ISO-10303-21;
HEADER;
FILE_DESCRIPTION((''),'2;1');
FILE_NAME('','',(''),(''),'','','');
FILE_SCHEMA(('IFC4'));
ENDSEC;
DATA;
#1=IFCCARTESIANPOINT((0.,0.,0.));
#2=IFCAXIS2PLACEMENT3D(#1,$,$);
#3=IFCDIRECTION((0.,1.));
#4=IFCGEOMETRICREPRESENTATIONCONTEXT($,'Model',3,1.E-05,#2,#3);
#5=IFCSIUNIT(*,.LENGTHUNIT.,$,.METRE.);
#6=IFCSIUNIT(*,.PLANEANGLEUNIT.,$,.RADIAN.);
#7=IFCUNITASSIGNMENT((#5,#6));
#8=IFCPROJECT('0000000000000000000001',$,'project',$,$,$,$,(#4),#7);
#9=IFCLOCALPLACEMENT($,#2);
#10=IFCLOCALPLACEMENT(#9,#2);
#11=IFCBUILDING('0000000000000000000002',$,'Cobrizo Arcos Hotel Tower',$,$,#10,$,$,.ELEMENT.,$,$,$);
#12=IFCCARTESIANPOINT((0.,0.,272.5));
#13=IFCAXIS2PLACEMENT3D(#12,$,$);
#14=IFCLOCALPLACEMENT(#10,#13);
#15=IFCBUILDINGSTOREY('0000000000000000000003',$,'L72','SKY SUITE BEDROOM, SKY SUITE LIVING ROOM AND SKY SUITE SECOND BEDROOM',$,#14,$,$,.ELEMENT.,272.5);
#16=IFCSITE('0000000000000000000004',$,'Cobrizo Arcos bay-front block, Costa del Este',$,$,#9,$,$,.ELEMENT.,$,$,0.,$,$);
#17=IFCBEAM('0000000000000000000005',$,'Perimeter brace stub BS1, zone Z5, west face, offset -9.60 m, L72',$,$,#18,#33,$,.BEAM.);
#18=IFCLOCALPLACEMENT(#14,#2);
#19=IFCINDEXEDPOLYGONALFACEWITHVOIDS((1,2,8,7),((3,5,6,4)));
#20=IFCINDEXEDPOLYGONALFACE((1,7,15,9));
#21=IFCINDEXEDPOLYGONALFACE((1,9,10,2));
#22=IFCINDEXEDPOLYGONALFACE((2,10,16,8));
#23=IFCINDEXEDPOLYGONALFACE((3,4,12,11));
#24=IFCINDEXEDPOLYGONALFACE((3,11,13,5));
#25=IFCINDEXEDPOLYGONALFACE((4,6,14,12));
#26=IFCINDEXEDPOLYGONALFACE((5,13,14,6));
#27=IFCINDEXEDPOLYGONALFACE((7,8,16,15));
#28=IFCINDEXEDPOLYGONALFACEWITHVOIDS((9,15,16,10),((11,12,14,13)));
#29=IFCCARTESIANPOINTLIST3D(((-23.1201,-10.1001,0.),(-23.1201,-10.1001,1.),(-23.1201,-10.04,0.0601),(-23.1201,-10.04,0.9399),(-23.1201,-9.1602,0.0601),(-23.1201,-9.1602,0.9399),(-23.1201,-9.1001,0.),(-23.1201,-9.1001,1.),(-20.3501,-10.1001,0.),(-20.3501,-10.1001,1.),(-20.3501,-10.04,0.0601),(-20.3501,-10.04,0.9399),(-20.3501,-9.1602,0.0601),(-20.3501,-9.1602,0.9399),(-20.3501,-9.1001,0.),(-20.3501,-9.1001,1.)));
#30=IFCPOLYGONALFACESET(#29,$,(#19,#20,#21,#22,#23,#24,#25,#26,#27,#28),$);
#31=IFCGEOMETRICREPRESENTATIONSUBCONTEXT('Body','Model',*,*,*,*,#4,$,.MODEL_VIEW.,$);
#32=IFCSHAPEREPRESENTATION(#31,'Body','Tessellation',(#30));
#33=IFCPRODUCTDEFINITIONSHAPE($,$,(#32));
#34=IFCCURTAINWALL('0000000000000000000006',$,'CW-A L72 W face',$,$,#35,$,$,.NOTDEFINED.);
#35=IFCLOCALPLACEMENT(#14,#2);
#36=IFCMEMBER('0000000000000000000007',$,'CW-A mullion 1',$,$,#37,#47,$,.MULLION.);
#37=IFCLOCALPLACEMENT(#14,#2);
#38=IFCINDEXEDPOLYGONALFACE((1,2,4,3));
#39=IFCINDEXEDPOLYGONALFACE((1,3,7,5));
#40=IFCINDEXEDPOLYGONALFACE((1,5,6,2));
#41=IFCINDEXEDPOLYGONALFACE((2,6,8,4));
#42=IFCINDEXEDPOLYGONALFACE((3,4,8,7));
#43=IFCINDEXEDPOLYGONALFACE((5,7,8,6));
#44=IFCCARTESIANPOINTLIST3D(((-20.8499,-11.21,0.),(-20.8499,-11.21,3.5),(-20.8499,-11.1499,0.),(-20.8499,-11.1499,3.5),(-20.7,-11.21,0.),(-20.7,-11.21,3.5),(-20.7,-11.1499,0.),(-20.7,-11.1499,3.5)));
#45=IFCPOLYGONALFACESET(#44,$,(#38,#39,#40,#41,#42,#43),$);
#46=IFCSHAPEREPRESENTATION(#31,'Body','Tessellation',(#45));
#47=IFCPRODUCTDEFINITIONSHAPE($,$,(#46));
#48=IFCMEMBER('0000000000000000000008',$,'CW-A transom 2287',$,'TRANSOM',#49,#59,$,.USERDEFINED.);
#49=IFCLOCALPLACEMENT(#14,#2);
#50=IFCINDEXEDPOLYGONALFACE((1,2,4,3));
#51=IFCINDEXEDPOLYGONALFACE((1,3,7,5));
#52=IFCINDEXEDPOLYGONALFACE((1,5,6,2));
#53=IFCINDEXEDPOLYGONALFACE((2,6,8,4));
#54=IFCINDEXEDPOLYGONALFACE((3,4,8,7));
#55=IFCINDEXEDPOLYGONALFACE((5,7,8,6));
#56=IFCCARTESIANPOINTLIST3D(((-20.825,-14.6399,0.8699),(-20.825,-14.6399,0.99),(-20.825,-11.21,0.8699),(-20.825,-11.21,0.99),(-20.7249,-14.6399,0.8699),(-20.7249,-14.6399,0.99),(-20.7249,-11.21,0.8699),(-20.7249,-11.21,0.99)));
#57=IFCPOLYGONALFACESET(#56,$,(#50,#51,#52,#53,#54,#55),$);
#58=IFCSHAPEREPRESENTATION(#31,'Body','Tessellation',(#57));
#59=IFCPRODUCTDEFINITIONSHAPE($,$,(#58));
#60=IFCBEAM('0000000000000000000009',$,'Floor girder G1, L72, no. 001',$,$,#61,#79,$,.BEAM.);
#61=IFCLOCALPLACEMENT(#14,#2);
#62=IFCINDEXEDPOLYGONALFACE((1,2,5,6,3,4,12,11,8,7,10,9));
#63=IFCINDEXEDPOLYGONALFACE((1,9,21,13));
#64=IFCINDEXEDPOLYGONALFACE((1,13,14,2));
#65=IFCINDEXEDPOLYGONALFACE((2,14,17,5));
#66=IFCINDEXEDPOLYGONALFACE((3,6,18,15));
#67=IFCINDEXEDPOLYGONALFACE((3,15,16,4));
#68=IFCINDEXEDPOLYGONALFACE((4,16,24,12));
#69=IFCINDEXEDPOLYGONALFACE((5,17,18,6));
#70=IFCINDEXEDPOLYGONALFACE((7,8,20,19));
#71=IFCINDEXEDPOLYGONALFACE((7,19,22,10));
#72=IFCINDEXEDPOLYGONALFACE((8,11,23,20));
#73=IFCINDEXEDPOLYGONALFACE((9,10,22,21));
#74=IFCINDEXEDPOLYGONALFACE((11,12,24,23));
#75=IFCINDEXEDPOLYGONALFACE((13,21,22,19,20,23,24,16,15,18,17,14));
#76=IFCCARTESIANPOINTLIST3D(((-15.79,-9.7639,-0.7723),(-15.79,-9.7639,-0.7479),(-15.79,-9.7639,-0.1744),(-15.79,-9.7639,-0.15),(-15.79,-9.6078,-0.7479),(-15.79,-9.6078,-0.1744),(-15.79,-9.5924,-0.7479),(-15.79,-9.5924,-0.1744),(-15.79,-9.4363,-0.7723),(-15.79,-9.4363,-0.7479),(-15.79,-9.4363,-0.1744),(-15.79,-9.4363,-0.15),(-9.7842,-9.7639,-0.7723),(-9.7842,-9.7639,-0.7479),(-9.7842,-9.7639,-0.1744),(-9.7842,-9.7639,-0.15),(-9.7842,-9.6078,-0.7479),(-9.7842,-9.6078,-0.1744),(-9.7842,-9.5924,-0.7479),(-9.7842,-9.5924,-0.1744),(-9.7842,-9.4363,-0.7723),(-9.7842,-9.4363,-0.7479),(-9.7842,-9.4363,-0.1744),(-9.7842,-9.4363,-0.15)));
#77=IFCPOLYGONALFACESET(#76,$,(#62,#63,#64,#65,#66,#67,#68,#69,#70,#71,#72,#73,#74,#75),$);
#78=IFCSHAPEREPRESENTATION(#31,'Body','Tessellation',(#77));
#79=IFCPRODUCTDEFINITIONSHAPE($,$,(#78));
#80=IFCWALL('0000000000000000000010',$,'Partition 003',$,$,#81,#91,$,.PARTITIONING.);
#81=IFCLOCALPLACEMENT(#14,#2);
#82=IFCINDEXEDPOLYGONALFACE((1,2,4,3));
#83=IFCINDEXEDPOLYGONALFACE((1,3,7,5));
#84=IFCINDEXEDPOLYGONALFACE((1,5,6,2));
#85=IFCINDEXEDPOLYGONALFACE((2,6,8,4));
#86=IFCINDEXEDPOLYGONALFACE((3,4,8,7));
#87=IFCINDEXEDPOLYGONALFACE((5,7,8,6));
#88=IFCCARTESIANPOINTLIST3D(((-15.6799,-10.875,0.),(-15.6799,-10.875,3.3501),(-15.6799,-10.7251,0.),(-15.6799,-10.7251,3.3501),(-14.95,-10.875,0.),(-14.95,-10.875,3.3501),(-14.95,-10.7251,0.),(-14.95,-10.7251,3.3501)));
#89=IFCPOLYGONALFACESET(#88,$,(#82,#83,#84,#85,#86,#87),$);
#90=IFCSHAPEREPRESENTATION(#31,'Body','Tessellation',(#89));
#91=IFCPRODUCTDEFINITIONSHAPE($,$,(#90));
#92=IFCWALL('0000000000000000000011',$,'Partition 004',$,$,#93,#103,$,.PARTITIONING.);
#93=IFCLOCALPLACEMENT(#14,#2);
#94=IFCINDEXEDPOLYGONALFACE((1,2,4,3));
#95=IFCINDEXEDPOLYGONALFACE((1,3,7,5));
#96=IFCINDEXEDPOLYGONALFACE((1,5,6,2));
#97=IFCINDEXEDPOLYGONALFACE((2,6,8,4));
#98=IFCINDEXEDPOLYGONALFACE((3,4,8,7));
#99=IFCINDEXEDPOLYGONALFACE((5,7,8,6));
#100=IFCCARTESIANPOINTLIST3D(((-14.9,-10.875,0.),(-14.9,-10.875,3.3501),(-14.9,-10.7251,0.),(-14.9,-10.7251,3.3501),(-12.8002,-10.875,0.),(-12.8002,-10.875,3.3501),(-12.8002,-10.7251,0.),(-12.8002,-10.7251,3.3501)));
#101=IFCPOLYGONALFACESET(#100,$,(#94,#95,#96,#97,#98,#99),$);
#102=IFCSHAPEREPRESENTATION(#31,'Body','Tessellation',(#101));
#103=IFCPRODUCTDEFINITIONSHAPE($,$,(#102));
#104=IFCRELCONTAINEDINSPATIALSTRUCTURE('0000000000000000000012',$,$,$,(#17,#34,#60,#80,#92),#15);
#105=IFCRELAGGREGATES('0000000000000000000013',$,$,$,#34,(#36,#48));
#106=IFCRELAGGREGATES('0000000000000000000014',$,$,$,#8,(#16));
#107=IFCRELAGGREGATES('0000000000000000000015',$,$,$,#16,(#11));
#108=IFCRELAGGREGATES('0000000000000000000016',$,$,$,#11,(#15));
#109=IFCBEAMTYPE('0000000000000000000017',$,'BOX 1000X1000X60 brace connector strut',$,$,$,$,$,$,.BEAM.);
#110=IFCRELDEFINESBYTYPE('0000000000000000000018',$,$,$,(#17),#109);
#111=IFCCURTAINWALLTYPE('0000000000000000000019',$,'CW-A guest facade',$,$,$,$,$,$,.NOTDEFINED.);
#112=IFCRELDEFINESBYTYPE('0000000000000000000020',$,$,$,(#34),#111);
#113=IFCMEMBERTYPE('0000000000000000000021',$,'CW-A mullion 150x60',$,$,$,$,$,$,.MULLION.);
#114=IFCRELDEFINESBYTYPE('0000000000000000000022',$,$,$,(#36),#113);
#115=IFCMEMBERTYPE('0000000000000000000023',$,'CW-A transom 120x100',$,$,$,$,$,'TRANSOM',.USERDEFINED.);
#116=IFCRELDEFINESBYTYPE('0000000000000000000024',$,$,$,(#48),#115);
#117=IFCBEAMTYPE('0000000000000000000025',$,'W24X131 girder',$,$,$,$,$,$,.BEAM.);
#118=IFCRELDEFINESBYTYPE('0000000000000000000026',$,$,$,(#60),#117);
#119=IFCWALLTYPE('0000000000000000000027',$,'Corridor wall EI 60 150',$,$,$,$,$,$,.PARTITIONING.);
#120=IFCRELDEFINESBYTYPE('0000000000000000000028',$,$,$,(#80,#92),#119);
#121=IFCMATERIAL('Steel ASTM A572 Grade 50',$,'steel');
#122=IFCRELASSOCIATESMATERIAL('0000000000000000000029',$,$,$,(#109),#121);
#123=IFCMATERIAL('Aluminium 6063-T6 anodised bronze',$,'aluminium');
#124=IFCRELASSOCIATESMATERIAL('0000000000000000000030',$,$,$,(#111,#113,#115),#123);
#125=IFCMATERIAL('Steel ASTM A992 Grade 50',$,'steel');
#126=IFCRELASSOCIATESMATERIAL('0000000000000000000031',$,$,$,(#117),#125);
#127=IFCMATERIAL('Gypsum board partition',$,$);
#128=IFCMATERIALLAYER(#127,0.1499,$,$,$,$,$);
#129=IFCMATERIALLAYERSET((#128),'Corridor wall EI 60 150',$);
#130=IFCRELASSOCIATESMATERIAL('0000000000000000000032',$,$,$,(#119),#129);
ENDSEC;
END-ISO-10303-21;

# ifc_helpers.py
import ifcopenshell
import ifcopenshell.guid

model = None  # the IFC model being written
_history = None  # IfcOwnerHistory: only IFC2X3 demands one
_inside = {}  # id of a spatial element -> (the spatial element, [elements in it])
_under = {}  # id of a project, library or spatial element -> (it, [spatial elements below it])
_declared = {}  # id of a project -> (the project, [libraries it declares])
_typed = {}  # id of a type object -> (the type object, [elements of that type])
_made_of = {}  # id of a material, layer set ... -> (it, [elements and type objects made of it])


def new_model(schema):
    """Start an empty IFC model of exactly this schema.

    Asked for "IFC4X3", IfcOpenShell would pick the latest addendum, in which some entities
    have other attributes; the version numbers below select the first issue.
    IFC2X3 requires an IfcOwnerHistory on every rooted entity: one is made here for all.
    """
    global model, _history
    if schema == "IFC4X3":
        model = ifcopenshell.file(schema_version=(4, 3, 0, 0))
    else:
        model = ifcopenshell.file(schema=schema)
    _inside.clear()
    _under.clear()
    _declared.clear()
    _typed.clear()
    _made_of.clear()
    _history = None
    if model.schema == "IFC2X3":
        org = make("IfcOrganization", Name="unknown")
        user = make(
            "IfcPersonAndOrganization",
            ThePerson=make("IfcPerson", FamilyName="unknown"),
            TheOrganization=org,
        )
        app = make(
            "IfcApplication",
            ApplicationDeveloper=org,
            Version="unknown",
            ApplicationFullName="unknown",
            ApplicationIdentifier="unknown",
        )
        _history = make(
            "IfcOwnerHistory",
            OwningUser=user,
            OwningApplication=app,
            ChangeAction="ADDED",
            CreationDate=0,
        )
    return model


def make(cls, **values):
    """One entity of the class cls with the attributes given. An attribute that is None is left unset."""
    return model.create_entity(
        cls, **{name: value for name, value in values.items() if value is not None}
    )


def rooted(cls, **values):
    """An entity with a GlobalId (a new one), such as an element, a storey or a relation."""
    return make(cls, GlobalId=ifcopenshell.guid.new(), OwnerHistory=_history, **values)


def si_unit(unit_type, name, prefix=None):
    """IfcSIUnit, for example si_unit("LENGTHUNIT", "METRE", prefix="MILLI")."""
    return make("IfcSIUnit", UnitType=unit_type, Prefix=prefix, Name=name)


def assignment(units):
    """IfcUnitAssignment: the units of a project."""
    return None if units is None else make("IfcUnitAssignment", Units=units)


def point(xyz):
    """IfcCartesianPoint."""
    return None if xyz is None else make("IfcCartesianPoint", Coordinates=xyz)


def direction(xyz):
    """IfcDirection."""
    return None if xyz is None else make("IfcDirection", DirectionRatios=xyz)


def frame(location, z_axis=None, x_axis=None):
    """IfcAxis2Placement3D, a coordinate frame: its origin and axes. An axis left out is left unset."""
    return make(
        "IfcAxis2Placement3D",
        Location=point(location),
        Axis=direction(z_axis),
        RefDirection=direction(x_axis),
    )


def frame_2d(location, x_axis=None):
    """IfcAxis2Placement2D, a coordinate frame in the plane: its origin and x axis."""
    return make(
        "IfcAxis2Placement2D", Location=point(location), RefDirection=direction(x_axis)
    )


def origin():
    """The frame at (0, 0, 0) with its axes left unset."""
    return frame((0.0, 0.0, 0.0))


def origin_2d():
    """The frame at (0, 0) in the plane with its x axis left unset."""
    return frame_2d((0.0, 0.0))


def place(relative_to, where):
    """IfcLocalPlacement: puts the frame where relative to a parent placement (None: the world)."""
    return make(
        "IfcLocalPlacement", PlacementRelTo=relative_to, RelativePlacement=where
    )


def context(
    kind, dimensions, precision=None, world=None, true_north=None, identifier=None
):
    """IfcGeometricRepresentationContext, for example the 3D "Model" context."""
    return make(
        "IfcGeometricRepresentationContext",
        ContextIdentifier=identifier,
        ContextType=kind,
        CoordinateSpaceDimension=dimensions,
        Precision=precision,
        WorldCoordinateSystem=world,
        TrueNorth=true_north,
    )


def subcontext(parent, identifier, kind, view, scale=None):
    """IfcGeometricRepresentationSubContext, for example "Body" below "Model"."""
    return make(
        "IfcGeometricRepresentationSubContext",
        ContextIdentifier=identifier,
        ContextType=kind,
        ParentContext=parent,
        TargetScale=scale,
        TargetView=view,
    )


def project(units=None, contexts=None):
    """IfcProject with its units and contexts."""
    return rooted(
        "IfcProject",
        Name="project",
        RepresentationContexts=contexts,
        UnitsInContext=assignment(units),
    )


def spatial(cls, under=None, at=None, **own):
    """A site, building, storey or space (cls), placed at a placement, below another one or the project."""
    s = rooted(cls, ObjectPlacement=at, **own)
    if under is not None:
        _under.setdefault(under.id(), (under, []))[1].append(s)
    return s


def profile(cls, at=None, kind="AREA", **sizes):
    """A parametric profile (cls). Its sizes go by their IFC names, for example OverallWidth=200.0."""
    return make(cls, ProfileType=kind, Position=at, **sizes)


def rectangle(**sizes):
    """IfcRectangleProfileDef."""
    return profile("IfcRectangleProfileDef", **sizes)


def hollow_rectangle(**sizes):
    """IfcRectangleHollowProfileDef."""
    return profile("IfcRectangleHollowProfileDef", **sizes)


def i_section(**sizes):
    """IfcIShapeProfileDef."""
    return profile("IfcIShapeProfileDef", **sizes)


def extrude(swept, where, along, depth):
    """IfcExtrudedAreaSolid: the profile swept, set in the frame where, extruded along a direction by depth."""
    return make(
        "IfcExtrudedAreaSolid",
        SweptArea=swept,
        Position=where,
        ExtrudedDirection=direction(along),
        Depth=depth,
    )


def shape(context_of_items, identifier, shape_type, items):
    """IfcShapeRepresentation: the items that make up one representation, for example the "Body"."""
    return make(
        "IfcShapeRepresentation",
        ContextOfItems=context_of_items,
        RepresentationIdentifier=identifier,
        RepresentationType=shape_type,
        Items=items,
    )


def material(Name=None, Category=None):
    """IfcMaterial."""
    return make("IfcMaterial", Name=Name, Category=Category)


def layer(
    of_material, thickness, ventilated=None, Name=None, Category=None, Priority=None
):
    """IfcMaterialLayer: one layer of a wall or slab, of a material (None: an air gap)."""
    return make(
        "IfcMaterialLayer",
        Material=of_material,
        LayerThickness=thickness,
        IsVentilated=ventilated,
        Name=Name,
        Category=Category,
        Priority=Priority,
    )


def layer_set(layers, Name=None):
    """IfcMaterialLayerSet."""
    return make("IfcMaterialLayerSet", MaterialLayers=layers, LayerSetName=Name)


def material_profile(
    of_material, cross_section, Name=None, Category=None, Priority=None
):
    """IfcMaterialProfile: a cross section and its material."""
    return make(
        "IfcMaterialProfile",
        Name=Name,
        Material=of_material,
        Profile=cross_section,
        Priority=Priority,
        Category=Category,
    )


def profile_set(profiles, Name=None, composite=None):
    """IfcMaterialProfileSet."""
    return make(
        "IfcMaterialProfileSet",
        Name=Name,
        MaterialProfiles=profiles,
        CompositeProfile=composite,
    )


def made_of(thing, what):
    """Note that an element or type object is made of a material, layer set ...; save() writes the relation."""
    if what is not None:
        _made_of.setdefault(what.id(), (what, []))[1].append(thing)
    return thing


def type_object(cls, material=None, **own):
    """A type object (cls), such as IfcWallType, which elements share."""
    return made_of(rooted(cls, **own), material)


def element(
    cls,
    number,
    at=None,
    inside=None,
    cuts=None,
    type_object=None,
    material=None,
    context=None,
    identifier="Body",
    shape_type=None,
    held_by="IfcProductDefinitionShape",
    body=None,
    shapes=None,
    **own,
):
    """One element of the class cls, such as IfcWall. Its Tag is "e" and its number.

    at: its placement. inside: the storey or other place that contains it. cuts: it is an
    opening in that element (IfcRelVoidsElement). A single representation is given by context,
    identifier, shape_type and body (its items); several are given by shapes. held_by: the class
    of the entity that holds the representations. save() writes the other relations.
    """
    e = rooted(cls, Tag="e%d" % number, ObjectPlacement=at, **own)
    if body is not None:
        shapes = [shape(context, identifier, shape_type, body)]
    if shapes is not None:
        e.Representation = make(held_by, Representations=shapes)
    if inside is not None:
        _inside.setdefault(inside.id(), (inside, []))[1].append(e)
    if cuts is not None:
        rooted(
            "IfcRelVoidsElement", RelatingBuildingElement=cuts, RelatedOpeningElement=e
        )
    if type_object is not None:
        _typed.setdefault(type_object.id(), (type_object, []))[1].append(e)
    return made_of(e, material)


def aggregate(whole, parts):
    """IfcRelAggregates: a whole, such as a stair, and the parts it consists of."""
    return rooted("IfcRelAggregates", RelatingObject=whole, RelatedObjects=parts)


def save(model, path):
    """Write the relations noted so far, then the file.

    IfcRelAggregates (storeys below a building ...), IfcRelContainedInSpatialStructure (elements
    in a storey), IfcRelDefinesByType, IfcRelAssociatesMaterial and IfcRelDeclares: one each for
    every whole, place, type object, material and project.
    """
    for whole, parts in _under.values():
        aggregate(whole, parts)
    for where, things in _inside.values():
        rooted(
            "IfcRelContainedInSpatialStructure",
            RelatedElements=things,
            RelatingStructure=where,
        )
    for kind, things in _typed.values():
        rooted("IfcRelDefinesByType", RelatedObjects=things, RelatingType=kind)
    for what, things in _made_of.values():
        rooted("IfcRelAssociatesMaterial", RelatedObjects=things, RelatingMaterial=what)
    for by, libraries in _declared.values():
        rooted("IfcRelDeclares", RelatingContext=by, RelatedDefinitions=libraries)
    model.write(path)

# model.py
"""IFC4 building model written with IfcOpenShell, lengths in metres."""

from ifc_helpers import new_model, si_unit, direction, frame, frame_2d, origin, origin_2d, place, context, subcontext, project, spatial, rectangle, hollow_rectangle, i_section, extrude, material, layer, layer_set, material_profile, profile_set, type_object, element, aggregate, save


model = new_model("IFC4")

# Units and contexts
model_context = context("Model", 3, precision=1e-05, world=origin(), true_north=direction((0.0, 1.0)))
body_context = subcontext(model_context, "Body", "Model", "MODEL_VIEW")
ifc_project = project(units=[si_unit("LENGTHUNIT", "METRE"), si_unit("PLANEANGLEUNIT", "RADIAN")], contexts=[model_context])

# Site, building, storey
site_placement = place(None, origin())
site = spatial("IfcSite", under=ifc_project, at=site_placement, Name="Cobrizo Arcos bay-front block, Costa del Este", CompositionType="ELEMENT", RefElevation=0.0)
building_placement = place(site_placement, origin())
building = spatial("IfcBuilding", under=site, at=building_placement, Name="Cobrizo Arcos Hotel Tower", CompositionType="ELEMENT")
storey_placement = place(building_placement, frame((0.0, 0.0, 272.5)))
storey = spatial("IfcBuildingStorey", under=building, at=storey_placement, Name="L72", Description="SKY SUITE BEDROOM, SKY SUITE LIVING ROOM AND SKY SUITE SECOND BEDROOM", CompositionType="ELEMENT", Elevation=272.5)

# Beam
ifc_material_1 = material(Name="Steel ASTM A572 Grade 50", Category="steel")
ifc_material_profile_1 = material_profile(ifc_material_1, hollow_rectangle(XDim=1.0, YDim=1.0, WallThickness=0.0601, at=origin_2d()), Name="BOX 1000X1000X60")
ifc_profile_set_1 = profile_set([ifc_material_profile_1], Name="Steel ASTM A572 Grade 50")
beam_type_1 = type_object("IfcBeamType", Name="BOX 1000X1000X60 brace connector strut", PredefinedType="BEAM", material=ifc_profile_set_1)
beam_1_placement = place(storey_placement, frame((-20.3501, -9.6001, 0.5), z_axis=(-1.0, 0.0, 0.0), x_axis=(0.0, -1.0, 0.0)))
element("IfcBeam", 1, at=beam_1_placement, inside=storey, type_object=beam_type_1, Name="Perimeter brace stub BS1, zone Z5, west face, offset -9.60 m, L72", PredefinedType="BEAM", context=body_context, shape_type="SweptSolid", body=[
    extrude(hollow_rectangle(XDim=1.0, YDim=1.0, WallThickness=0.0601, at=origin_2d()), origin(), (0.0, 0.0, 1.0), 2.77),
])

# Curtain wall, members
ifc_material_2 = material(Name="Aluminium 6063-T6 anodised bronze", Category="aluminium")
curtain_wall_type = type_object("IfcCurtainWallType", Name="CW-A guest facade", PredefinedType="NOTDEFINED", material=ifc_material_2)
curtain_wall_placement = place(storey_placement, origin())
curtain_wall = element("IfcCurtainWall", 2, at=curtain_wall_placement, inside=storey, type_object=curtain_wall_type, Name="CW-A L72 W face", PredefinedType="NOTDEFINED")
ifc_material_profile_2 = material_profile(ifc_material_2, rectangle(XDim=0.1499, YDim=0.0601, at=origin_2d()), Name="CW-A mullion 150x60")
ifc_profile_set_2 = profile_set([ifc_material_profile_2], Name="Aluminium 6063-T6 anodised bronze")
member_type_1 = type_object("IfcMemberType", Name="CW-A mullion 150x60", PredefinedType="MULLION", material=ifc_profile_set_2)
member_1_placement = place(storey_placement, frame((-20.7749, -11.1799, 0.0), z_axis=(0.0, 0.0, 1.0), x_axis=(-1.0, 0.0, 0.0)))
member_1 = element("IfcMember", 3, at=member_1_placement, type_object=member_type_1, Name="CW-A mullion 1", PredefinedType="MULLION", context=body_context, shape_type="SweptSolid", body=[
    extrude(rectangle(XDim=0.1499, YDim=0.0601, at=origin_2d()), origin(), (0.0, 0.0, 1.0), 3.5),
])
ifc_material_profile_3 = material_profile(ifc_material_2, rectangle(XDim=0.1001, YDim=0.1201, at=origin_2d()), Name="CW-A transom 120x100")
ifc_profile_set_3 = profile_set([ifc_material_profile_3], Name="Aluminium 6063-T6 anodised bronze")
member_type_2 = type_object("IfcMemberType", Name="CW-A transom 120x100", ElementType="TRANSOM", PredefinedType="USERDEFINED", material=ifc_profile_set_3)
member_2_placement = place(storey_placement, frame((-20.7749, -11.21, 0.9299), z_axis=(0.0, -1.0, 0.0), x_axis=(1.0, 0.0, 0.0)))
member_2 = element("IfcMember", 4, at=member_2_placement, type_object=member_type_2, Name="CW-A transom 2287", ObjectType="TRANSOM", PredefinedType="USERDEFINED", context=body_context, shape_type="SweptSolid", body=[
    extrude(rectangle(XDim=0.1001, YDim=0.1201, at=origin_2d()), origin(), (0.0, 0.0, 1.0), 3.4299),
])
aggregate(curtain_wall, [member_1, member_2])

# Beam
ifc_material_3 = material(Name="Steel ASTM A992 Grade 50", Category="steel")
ifc_material_profile_4 = material_profile(ifc_material_3, i_section(OverallWidth=0.3276, OverallDepth=0.6223, WebThickness=0.0154, FlangeThickness=0.0244, at=origin_2d()), Name="W24X131")
ifc_profile_set_4 = profile_set([ifc_material_profile_4], Name="Steel ASTM A992 Grade 50")
beam_type_2 = type_object("IfcBeamType", Name="W24X131 girder", PredefinedType="BEAM", material=ifc_profile_set_4)
beam_2_placement = place(storey_placement, frame((-15.79, -9.6001, -0.4612), z_axis=(1.0, 0.0, 0.0), x_axis=(0.0, 1.0, 0.0)))
element("IfcBeam", 5, at=beam_2_placement, inside=storey, type_object=beam_type_2, Name="Floor girder G1, L72, no. 001", PredefinedType="BEAM", context=body_context, shape_type="SweptSolid", body=[
    extrude(i_section(OverallWidth=0.3276, OverallDepth=0.6223, WebThickness=0.0154, FlangeThickness=0.0244, at=origin_2d()), origin(), (0.0, 0.0, 1.0), 6.0059),
])

# Walls
ifc_material_4 = material(Name="Gypsum board partition")
ifc_layer_1 = layer(ifc_material_4, 0.1499)
ifc_layer_set_1 = layer_set([ifc_layer_1], Name="Corridor wall EI 60 150")
wall_type_1 = type_object("IfcWallType", Name="Corridor wall EI 60 150", PredefinedType="PARTITIONING", material=ifc_layer_set_1)
wall_1_placement = place(storey_placement, frame((-15.6799, -10.8, 0.0), z_axis=(0.0, 0.0, 1.0), x_axis=(1.0, 0.0, 0.0)))
element("IfcWall", 6, at=wall_1_placement, inside=storey, type_object=wall_type_1, Name="Partition 003", PredefinedType="PARTITIONING", context=body_context, shape_type="SweptSolid", body=[
    extrude(rectangle(XDim=0.73, YDim=0.1499, at=frame_2d((0.365, 0.0))), origin(), (0.0, 0.0, 1.0), 3.3501),
])
wall_2_placement = place(storey_placement, frame((-14.8999, -10.8, 0.0), z_axis=(0.0, 0.0, 1.0), x_axis=(1.0, 0.0, 0.0)))
element("IfcWall", 7, at=wall_2_placement, inside=storey, type_object=wall_type_1, Name="Partition 004", PredefinedType="PARTITIONING", context=body_context, shape_type="SweptSolid", body=[
    extrude(rectangle(XDim=2.0999, YDim=0.1499, at=frame_2d((1.0498, 0.0))), origin(), (0.0, 0.0, 1.0), 3.3501),
])

save(model, "model.ifc")
